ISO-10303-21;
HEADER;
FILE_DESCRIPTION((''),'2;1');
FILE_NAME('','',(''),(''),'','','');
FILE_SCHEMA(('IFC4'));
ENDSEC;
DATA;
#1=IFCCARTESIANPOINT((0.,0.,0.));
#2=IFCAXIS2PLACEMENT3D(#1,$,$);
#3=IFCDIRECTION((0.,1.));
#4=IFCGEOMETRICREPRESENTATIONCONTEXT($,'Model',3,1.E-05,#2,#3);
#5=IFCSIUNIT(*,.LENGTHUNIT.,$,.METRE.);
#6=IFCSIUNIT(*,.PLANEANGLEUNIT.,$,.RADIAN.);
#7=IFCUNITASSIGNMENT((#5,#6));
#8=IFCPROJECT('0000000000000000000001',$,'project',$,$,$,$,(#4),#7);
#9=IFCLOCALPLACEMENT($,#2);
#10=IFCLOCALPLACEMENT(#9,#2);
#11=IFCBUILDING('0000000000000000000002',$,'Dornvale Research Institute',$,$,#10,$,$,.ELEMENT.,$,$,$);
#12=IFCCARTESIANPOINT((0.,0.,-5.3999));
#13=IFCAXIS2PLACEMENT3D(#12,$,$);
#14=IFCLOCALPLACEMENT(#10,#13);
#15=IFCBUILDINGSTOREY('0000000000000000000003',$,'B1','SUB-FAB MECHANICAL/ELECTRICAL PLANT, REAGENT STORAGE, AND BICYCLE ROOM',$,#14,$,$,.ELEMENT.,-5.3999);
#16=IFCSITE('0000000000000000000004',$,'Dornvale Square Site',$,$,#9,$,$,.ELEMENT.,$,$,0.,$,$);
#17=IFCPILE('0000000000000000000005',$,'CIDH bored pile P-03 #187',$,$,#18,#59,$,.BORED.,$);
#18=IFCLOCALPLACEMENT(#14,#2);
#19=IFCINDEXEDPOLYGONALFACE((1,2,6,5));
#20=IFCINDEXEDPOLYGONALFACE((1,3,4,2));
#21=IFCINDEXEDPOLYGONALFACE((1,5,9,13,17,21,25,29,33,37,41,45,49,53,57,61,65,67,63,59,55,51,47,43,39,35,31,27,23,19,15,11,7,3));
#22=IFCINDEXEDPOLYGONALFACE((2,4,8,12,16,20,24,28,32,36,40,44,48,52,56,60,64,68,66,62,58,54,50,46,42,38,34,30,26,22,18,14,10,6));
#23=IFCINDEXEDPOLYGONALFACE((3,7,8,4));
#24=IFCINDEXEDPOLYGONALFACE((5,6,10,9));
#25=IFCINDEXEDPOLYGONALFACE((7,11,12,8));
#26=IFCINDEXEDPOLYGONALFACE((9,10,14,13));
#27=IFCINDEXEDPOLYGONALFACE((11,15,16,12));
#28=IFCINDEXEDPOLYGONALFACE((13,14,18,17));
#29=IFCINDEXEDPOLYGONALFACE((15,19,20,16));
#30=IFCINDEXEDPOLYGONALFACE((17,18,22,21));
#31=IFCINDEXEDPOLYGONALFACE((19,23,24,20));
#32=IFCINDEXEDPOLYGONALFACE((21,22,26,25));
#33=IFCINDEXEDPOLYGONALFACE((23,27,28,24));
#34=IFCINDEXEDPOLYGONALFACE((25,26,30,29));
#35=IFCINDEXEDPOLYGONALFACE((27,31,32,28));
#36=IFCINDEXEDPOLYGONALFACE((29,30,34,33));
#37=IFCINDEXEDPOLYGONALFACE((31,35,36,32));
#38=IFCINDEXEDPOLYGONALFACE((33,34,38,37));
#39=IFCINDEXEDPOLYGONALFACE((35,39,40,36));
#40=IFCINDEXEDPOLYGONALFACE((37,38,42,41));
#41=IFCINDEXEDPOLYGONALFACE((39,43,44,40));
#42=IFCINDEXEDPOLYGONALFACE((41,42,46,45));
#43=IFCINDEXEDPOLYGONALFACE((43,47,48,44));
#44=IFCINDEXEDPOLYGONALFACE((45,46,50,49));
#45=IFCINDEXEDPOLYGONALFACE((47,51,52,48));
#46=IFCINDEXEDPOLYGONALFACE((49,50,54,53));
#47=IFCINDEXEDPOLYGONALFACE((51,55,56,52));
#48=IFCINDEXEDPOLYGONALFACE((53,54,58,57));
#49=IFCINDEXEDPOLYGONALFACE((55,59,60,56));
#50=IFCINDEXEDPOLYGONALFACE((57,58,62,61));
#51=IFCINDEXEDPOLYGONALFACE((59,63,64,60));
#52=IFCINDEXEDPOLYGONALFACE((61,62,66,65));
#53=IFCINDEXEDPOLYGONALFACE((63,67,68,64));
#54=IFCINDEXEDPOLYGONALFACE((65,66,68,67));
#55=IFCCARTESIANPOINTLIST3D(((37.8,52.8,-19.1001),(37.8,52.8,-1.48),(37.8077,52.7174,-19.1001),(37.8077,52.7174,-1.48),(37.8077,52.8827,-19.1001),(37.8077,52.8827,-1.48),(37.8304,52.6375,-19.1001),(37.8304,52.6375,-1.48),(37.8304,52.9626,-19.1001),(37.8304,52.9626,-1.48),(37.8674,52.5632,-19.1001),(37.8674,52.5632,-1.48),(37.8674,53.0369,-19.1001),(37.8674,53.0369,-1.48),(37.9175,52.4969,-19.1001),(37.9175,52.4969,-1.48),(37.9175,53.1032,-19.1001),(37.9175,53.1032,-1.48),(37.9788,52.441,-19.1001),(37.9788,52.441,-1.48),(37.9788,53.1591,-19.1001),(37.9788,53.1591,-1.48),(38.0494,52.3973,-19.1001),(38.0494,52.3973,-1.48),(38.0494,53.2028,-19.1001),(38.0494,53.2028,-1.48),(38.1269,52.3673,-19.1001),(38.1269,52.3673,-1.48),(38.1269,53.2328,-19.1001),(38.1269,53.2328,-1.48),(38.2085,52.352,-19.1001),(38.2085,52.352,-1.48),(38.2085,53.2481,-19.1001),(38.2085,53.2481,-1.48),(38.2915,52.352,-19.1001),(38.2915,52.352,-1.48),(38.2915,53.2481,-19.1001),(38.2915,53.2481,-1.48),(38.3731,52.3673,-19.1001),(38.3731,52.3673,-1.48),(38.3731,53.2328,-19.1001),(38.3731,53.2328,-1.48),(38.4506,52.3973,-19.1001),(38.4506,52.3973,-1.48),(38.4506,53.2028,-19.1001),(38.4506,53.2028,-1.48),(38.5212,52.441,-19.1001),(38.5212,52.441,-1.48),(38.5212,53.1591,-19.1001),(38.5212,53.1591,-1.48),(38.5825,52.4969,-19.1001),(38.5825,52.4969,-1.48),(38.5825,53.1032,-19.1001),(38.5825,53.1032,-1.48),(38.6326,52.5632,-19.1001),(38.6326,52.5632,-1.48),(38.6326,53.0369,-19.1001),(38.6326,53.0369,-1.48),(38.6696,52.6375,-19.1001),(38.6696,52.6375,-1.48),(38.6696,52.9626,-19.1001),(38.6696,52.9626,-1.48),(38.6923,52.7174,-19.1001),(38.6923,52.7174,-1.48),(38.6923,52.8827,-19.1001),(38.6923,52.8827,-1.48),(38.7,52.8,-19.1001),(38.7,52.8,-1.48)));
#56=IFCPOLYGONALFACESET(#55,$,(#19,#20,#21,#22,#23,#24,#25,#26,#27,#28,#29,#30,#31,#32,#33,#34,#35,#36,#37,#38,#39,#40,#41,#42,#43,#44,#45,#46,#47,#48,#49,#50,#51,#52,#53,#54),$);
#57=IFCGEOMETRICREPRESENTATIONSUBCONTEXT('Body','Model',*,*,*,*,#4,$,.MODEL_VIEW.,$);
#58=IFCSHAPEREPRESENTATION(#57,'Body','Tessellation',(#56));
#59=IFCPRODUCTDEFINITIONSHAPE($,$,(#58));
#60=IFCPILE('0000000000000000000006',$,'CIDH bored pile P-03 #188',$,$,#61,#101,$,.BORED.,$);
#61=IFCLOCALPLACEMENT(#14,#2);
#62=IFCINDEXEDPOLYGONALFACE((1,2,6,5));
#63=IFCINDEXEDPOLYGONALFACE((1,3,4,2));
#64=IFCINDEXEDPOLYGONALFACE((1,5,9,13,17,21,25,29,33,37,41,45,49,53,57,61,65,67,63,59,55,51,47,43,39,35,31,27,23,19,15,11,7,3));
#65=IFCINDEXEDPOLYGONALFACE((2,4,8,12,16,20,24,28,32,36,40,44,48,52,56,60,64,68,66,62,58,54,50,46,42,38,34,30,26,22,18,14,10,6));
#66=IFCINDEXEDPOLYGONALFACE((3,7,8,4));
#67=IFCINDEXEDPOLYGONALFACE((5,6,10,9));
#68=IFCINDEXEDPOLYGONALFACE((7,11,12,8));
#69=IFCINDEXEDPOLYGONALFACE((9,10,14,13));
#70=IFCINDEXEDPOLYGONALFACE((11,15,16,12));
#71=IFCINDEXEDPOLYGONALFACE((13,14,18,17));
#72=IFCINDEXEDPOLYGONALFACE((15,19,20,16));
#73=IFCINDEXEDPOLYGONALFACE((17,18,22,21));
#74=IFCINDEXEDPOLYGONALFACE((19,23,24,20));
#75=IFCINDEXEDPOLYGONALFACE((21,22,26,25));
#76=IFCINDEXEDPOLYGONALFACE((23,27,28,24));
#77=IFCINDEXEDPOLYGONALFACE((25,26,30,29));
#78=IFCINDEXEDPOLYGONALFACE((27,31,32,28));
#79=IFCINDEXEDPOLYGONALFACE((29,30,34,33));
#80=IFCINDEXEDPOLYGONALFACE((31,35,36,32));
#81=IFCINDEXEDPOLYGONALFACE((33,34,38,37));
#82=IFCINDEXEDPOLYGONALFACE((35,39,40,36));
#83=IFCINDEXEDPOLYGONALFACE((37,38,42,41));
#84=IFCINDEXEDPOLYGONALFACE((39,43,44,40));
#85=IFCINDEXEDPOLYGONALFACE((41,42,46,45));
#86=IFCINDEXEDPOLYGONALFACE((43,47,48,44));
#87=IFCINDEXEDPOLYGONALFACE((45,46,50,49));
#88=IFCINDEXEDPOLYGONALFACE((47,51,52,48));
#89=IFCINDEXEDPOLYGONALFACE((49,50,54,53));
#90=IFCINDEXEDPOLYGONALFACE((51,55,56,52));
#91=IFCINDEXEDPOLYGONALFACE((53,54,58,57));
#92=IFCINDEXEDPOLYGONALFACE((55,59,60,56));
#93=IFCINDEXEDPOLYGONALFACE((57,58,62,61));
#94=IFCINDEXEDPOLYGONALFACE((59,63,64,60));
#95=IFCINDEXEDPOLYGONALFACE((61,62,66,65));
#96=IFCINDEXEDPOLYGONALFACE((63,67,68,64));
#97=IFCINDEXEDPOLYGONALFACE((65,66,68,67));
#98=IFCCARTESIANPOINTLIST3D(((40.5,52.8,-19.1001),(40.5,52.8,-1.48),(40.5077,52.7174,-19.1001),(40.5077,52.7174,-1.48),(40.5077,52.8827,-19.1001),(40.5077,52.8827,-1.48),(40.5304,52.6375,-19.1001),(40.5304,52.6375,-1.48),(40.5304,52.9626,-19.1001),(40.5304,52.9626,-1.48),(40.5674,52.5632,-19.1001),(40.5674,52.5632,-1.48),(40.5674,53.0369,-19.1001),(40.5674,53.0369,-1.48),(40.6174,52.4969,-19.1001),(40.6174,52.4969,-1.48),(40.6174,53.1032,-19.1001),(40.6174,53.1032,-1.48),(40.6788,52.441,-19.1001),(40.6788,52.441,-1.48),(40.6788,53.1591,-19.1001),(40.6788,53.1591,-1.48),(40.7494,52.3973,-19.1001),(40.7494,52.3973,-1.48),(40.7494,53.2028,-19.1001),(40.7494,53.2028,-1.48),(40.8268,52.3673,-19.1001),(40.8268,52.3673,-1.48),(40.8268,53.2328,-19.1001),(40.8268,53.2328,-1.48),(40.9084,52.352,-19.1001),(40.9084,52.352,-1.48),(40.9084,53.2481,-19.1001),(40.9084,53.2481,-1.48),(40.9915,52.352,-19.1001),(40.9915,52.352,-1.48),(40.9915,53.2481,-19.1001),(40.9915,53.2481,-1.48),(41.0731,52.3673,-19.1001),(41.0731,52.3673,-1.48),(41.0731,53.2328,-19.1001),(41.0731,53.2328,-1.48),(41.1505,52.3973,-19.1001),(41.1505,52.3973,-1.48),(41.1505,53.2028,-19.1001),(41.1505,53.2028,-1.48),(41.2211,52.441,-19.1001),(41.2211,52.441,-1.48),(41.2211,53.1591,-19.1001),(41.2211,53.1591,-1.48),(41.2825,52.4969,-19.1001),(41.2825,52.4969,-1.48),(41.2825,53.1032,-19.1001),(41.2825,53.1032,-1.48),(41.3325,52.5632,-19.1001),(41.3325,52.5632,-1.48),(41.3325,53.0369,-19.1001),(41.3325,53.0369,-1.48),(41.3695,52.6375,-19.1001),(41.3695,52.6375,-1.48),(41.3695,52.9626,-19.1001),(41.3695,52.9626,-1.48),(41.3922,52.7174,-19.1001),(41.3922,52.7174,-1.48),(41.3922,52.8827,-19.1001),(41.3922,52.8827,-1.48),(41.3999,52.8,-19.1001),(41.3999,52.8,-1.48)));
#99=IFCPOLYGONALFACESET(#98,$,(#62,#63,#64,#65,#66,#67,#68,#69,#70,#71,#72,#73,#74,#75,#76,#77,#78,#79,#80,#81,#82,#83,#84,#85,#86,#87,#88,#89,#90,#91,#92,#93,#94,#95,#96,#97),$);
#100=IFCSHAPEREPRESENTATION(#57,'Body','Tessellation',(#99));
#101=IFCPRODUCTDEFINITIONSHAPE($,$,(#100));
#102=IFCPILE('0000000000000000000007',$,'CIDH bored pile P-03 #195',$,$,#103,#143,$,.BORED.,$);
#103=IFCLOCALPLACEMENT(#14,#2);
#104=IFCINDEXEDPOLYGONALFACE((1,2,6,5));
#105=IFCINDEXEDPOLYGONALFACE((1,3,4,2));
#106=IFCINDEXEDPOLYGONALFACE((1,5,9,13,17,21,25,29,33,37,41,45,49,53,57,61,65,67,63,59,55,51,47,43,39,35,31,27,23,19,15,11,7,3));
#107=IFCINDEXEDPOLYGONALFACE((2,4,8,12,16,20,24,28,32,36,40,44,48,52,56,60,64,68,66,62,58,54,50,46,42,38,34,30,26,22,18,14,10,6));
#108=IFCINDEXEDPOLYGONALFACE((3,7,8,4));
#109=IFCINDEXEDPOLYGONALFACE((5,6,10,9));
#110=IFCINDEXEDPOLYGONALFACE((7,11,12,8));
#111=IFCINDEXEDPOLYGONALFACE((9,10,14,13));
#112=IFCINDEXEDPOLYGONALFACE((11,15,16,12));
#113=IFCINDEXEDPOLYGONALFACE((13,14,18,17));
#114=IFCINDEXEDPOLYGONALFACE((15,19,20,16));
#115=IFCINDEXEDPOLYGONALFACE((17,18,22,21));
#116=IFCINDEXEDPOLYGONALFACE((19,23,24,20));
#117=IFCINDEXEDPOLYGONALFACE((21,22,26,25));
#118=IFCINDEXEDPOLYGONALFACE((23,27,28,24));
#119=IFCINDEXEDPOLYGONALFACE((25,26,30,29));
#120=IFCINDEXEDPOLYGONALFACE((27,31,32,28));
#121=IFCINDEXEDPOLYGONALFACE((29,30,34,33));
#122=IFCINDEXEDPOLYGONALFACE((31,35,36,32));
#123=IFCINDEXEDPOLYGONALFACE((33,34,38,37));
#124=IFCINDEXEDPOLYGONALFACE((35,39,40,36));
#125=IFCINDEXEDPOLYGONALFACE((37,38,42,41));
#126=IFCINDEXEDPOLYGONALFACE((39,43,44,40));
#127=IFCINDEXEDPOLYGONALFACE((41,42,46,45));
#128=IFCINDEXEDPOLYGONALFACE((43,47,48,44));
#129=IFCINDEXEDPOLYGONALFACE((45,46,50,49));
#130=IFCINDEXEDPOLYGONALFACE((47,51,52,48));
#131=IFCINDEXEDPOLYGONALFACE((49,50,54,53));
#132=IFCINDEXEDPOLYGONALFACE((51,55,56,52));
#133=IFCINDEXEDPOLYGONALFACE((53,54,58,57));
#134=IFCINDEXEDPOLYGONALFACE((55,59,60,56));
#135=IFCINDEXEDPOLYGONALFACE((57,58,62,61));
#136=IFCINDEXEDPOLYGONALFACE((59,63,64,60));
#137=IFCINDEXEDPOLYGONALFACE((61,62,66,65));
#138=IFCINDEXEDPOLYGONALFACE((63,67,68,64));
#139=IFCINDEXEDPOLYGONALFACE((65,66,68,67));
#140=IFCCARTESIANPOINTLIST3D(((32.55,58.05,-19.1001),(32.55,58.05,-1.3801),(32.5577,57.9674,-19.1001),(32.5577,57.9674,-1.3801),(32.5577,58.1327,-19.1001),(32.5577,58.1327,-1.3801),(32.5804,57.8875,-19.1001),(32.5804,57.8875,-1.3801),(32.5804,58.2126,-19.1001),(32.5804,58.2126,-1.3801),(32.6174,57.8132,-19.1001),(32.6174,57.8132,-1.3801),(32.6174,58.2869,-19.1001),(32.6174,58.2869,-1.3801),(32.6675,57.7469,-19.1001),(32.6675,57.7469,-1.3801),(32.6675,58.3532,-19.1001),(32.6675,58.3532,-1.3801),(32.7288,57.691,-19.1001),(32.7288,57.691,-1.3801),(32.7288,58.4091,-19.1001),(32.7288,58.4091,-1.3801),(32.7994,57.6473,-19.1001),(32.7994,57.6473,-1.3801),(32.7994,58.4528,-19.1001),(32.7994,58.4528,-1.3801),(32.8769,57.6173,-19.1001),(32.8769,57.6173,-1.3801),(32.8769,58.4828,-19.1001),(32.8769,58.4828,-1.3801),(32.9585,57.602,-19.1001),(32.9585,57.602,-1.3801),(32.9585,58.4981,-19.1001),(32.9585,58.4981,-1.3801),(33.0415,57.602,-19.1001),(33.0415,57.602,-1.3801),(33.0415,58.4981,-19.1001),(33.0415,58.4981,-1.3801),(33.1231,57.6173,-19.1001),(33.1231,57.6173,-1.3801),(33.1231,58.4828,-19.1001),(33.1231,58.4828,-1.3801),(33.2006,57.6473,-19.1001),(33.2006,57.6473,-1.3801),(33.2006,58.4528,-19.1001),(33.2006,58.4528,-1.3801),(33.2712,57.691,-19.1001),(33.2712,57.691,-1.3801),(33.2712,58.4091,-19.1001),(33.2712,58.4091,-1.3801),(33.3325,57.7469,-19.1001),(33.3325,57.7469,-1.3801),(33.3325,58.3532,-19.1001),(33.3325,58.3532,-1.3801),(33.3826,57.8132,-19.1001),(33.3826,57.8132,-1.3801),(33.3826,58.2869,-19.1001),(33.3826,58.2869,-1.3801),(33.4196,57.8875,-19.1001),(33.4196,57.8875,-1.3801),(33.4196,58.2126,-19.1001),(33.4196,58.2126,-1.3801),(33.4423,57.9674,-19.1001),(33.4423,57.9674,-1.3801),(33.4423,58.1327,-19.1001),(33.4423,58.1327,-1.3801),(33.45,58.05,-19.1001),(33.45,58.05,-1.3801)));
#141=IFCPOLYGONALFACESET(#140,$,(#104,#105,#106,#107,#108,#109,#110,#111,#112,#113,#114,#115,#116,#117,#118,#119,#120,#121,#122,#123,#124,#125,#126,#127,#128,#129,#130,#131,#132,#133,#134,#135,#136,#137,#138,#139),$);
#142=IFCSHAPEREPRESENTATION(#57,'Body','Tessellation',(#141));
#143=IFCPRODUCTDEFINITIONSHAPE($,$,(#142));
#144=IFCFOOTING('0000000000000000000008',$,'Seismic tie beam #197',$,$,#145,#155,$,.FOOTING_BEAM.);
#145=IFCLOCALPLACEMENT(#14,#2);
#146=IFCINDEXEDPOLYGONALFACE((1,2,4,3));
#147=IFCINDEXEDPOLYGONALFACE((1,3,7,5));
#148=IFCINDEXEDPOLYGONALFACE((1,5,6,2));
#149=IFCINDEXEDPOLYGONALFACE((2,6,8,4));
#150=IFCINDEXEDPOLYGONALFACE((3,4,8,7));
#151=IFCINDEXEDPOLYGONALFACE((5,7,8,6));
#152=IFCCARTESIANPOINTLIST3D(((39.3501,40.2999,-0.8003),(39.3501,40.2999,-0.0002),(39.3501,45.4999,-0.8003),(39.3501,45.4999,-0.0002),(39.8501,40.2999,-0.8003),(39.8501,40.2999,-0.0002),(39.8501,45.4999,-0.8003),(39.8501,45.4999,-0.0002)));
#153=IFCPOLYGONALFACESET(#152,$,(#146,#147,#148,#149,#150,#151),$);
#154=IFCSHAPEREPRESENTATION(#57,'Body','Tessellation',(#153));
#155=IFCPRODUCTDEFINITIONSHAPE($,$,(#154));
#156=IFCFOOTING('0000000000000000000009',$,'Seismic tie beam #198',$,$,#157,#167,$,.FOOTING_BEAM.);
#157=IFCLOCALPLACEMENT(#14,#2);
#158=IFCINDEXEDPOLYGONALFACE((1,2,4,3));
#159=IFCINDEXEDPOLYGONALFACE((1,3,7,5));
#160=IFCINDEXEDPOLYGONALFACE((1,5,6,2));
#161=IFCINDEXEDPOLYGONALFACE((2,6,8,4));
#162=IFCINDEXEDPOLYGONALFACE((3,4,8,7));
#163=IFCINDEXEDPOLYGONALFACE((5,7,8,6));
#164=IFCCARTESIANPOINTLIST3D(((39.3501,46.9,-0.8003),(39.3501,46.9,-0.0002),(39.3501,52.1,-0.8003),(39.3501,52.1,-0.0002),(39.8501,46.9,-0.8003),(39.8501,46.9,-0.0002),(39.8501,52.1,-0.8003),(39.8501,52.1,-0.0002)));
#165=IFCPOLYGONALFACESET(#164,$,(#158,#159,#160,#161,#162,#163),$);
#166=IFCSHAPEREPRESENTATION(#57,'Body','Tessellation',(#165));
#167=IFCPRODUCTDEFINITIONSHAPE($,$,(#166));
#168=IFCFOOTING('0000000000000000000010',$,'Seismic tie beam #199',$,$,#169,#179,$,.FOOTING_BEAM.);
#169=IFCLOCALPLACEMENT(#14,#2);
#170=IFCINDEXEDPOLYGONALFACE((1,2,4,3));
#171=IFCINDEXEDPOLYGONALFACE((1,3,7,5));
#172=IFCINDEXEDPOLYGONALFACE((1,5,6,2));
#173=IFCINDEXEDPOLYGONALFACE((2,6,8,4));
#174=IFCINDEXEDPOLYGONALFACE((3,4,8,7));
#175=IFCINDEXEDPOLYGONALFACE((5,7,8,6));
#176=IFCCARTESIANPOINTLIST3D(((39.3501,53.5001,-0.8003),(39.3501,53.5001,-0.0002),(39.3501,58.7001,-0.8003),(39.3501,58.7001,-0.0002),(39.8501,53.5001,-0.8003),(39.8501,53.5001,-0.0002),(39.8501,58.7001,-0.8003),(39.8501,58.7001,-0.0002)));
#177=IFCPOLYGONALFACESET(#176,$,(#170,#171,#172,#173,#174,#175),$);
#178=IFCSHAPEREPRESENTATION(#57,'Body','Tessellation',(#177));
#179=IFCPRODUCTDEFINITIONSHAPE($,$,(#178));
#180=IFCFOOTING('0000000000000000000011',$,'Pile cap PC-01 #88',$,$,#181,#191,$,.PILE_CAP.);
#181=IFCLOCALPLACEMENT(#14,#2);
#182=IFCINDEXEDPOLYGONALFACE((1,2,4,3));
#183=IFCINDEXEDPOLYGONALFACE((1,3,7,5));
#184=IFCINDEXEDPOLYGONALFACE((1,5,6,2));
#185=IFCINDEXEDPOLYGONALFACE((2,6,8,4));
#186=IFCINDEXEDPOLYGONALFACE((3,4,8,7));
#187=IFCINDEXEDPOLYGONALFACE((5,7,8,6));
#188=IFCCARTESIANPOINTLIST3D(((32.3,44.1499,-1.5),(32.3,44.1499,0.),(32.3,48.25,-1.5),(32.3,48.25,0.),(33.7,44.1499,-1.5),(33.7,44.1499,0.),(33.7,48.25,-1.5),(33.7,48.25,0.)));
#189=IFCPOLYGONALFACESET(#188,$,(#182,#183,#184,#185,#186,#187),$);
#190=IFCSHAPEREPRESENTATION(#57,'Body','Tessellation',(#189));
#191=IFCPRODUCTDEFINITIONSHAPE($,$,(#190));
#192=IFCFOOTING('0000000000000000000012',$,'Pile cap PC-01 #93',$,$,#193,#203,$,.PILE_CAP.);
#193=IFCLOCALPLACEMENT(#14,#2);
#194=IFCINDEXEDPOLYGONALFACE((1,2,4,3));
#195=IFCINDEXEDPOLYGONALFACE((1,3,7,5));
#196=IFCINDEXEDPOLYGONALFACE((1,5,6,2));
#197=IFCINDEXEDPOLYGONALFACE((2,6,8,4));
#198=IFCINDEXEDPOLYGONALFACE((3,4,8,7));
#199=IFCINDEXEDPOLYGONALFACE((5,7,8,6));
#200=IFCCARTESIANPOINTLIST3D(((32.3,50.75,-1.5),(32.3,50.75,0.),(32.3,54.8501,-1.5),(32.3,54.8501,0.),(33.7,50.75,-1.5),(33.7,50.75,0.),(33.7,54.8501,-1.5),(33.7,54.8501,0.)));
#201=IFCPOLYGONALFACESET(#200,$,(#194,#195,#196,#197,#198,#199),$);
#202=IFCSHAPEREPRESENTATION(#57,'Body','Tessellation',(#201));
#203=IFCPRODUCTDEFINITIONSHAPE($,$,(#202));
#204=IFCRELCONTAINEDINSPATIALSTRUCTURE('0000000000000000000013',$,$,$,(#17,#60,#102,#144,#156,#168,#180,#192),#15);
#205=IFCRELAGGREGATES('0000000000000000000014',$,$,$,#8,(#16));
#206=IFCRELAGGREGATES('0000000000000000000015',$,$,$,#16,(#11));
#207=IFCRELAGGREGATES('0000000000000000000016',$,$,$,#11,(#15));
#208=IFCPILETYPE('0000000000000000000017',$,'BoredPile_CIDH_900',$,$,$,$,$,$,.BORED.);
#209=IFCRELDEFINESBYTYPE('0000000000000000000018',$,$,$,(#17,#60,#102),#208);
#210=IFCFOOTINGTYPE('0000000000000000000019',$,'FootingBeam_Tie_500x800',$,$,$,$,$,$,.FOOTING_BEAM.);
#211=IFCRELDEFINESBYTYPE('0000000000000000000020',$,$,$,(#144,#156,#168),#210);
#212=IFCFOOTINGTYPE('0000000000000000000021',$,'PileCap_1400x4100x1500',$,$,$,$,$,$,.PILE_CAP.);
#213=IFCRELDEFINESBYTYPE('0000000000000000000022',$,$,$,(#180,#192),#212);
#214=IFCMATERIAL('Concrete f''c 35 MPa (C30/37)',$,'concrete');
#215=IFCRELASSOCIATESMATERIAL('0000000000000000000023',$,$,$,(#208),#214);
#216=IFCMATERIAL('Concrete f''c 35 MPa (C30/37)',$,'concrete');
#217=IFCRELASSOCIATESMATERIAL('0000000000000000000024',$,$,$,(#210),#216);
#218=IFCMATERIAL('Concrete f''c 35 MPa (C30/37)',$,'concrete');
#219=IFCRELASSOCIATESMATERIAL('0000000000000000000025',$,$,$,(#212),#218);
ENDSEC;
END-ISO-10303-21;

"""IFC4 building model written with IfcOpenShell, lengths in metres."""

from ifc_helpers import new_model, si_unit, direction, frame, origin, origin_2d, place, context, subcontext, project, spatial, rectangle, circle, extrude, material, material_profile, profile_set, type_object, element, save


model = new_model("IFC4")

# Units and contexts
model_context = context("Model", 3, precision=1e-05, world=origin(), true_north=direction((0.0, 1.0)))
body_context = subcontext(model_context, "Body", "Model", "MODEL_VIEW")
ifc_project = project(units=[si_unit("LENGTHUNIT", "METRE"), si_unit("PLANEANGLEUNIT", "RADIAN")], contexts=[model_context])

# Site, building, storey
site_placement = place(None, origin())
site = spatial("IfcSite", under=ifc_project, at=site_placement, Name="Dornvale Square Site", CompositionType="ELEMENT", RefElevation=0.0)
building_placement = place(site_placement, origin())
building = spatial("IfcBuilding", under=site, at=building_placement, Name="Dornvale Research Institute", CompositionType="ELEMENT")
storey_placement = place(building_placement, frame((0.0, 0.0, -5.3999)))
storey = spatial("IfcBuildingStorey", under=building, at=storey_placement, Name="B1", Description="SUB-FAB MECHANICAL/ELECTRICAL PLANT, REAGENT STORAGE, AND BICYCLE ROOM", CompositionType="ELEMENT", Elevation=-5.3999)

# Piles
ifc_material_1 = material(Name="Concrete f'c 35 MPa (C30/37)", Category="concrete")
ifc_material_profile_1 = material_profile(ifc_material_1, circle(Radius=0.45, at=origin_2d()), Name="CIDH PILE D900")
ifc_profile_set_1 = profile_set([ifc_material_profile_1], Name="Concrete f'c 35 MPa (C30/37)")
pile_type = type_object("IfcPileType", Name="BoredPile_CIDH_900", PredefinedType="BORED", material=ifc_profile_set_1)
for number, where, z_axis, x_axis, name in (
    (1, (38.25, 52.8, -1.48), (0.0, 0.0, -1.0), (1.0, 0.0, 0.0), "CIDH bored pile P-03 #187"),
    (2, (40.95, 52.8, -1.48), (0.0, 0.0, -1.0), (1.0, 0.0, 0.0), "CIDH bored pile P-03 #188"),
):
    element("IfcPile", number, at=place(storey_placement, frame(where, z_axis=z_axis, x_axis=x_axis)), inside=storey, type_object=pile_type, Name=name, PredefinedType="BORED", context=body_context, shape_type="SweptSolid", body=[
        extrude(circle(Radius=0.45, at=origin_2d()), origin(), (0.0, 0.0, 1.0), 17.6201),
    ])
pile_1_placement = place(storey_placement, frame((33.0, 58.05, -1.3801), z_axis=(0.0, 0.0, -1.0), x_axis=(1.0, 0.0, 0.0)))
element("IfcPile", 3, at=pile_1_placement, inside=storey, type_object=pile_type, Name="CIDH bored pile P-03 #195", PredefinedType="BORED", context=body_context, shape_type="SweptSolid", body=[
    extrude(circle(Radius=0.45, at=origin_2d()), origin(), (0.0, 0.0, 1.0), 17.72),
])

# Footings
ifc_material_2 = material(Name="Concrete f'c 35 MPa (C30/37)", Category="concrete")
footing_type_1 = type_object("IfcFootingType", Name="FootingBeam_Tie_500x800", PredefinedType="FOOTING_BEAM", material=ifc_material_2)
for number, where, z_axis, x_axis, name in (
    (4, (39.6001, 42.8999, -0.8003), (0.0, 0.0, 1.0), (0.0, 1.0, 0.0), "Seismic tie beam #197"),
    (5, (39.6001, 49.5, -0.8003), (0.0, 0.0, 1.0), (0.0, 1.0, 0.0), "Seismic tie beam #198"),
    (6, (39.6001, 56.1001, -0.8003), (0.0, 0.0, 1.0), (0.0, 1.0, 0.0), "Seismic tie beam #199"),
):
    element("IfcFooting", number, at=place(storey_placement, frame(where, z_axis=z_axis, x_axis=x_axis)), inside=storey, type_object=footing_type_1, Name=name, PredefinedType="FOOTING_BEAM", context=body_context, shape_type="SweptSolid", body=[
        extrude(rectangle(XDim=5.2, YDim=0.5, at=origin_2d()), origin(), (0.0, 0.0, 1.0), 0.8),
    ])
ifc_material_3 = material(Name="Concrete f'c 35 MPa (C30/37)", Category="concrete")
footing_type_2 = type_object("IfcFootingType", Name="PileCap_1400x4100x1500", PredefinedType="PILE_CAP", material=ifc_material_3)
for number, where, z_axis, x_axis, name in (
    (7, (33.0, 46.2, -1.5), (0.0, 0.0, 1.0), (1.0, 0.0, 0.0), "Pile cap PC-01 #88"),
    (8, (33.0, 52.8, -1.5), (0.0, 0.0, 1.0), (1.0, 0.0, 0.0), "Pile cap PC-01 #93"),
):
    element("IfcFooting", number, at=place(storey_placement, frame(where, z_axis=z_axis, x_axis=x_axis)), inside=storey, type_object=footing_type_2, Name=name, PredefinedType="PILE_CAP", context=body_context, shape_type="SweptSolid", body=[
        extrude(rectangle(XDim=1.3999, YDim=4.1001, at=origin_2d()), origin(), (0.0, 0.0, 1.0), 1.5),
    ])

save(model, "model.ifc")
